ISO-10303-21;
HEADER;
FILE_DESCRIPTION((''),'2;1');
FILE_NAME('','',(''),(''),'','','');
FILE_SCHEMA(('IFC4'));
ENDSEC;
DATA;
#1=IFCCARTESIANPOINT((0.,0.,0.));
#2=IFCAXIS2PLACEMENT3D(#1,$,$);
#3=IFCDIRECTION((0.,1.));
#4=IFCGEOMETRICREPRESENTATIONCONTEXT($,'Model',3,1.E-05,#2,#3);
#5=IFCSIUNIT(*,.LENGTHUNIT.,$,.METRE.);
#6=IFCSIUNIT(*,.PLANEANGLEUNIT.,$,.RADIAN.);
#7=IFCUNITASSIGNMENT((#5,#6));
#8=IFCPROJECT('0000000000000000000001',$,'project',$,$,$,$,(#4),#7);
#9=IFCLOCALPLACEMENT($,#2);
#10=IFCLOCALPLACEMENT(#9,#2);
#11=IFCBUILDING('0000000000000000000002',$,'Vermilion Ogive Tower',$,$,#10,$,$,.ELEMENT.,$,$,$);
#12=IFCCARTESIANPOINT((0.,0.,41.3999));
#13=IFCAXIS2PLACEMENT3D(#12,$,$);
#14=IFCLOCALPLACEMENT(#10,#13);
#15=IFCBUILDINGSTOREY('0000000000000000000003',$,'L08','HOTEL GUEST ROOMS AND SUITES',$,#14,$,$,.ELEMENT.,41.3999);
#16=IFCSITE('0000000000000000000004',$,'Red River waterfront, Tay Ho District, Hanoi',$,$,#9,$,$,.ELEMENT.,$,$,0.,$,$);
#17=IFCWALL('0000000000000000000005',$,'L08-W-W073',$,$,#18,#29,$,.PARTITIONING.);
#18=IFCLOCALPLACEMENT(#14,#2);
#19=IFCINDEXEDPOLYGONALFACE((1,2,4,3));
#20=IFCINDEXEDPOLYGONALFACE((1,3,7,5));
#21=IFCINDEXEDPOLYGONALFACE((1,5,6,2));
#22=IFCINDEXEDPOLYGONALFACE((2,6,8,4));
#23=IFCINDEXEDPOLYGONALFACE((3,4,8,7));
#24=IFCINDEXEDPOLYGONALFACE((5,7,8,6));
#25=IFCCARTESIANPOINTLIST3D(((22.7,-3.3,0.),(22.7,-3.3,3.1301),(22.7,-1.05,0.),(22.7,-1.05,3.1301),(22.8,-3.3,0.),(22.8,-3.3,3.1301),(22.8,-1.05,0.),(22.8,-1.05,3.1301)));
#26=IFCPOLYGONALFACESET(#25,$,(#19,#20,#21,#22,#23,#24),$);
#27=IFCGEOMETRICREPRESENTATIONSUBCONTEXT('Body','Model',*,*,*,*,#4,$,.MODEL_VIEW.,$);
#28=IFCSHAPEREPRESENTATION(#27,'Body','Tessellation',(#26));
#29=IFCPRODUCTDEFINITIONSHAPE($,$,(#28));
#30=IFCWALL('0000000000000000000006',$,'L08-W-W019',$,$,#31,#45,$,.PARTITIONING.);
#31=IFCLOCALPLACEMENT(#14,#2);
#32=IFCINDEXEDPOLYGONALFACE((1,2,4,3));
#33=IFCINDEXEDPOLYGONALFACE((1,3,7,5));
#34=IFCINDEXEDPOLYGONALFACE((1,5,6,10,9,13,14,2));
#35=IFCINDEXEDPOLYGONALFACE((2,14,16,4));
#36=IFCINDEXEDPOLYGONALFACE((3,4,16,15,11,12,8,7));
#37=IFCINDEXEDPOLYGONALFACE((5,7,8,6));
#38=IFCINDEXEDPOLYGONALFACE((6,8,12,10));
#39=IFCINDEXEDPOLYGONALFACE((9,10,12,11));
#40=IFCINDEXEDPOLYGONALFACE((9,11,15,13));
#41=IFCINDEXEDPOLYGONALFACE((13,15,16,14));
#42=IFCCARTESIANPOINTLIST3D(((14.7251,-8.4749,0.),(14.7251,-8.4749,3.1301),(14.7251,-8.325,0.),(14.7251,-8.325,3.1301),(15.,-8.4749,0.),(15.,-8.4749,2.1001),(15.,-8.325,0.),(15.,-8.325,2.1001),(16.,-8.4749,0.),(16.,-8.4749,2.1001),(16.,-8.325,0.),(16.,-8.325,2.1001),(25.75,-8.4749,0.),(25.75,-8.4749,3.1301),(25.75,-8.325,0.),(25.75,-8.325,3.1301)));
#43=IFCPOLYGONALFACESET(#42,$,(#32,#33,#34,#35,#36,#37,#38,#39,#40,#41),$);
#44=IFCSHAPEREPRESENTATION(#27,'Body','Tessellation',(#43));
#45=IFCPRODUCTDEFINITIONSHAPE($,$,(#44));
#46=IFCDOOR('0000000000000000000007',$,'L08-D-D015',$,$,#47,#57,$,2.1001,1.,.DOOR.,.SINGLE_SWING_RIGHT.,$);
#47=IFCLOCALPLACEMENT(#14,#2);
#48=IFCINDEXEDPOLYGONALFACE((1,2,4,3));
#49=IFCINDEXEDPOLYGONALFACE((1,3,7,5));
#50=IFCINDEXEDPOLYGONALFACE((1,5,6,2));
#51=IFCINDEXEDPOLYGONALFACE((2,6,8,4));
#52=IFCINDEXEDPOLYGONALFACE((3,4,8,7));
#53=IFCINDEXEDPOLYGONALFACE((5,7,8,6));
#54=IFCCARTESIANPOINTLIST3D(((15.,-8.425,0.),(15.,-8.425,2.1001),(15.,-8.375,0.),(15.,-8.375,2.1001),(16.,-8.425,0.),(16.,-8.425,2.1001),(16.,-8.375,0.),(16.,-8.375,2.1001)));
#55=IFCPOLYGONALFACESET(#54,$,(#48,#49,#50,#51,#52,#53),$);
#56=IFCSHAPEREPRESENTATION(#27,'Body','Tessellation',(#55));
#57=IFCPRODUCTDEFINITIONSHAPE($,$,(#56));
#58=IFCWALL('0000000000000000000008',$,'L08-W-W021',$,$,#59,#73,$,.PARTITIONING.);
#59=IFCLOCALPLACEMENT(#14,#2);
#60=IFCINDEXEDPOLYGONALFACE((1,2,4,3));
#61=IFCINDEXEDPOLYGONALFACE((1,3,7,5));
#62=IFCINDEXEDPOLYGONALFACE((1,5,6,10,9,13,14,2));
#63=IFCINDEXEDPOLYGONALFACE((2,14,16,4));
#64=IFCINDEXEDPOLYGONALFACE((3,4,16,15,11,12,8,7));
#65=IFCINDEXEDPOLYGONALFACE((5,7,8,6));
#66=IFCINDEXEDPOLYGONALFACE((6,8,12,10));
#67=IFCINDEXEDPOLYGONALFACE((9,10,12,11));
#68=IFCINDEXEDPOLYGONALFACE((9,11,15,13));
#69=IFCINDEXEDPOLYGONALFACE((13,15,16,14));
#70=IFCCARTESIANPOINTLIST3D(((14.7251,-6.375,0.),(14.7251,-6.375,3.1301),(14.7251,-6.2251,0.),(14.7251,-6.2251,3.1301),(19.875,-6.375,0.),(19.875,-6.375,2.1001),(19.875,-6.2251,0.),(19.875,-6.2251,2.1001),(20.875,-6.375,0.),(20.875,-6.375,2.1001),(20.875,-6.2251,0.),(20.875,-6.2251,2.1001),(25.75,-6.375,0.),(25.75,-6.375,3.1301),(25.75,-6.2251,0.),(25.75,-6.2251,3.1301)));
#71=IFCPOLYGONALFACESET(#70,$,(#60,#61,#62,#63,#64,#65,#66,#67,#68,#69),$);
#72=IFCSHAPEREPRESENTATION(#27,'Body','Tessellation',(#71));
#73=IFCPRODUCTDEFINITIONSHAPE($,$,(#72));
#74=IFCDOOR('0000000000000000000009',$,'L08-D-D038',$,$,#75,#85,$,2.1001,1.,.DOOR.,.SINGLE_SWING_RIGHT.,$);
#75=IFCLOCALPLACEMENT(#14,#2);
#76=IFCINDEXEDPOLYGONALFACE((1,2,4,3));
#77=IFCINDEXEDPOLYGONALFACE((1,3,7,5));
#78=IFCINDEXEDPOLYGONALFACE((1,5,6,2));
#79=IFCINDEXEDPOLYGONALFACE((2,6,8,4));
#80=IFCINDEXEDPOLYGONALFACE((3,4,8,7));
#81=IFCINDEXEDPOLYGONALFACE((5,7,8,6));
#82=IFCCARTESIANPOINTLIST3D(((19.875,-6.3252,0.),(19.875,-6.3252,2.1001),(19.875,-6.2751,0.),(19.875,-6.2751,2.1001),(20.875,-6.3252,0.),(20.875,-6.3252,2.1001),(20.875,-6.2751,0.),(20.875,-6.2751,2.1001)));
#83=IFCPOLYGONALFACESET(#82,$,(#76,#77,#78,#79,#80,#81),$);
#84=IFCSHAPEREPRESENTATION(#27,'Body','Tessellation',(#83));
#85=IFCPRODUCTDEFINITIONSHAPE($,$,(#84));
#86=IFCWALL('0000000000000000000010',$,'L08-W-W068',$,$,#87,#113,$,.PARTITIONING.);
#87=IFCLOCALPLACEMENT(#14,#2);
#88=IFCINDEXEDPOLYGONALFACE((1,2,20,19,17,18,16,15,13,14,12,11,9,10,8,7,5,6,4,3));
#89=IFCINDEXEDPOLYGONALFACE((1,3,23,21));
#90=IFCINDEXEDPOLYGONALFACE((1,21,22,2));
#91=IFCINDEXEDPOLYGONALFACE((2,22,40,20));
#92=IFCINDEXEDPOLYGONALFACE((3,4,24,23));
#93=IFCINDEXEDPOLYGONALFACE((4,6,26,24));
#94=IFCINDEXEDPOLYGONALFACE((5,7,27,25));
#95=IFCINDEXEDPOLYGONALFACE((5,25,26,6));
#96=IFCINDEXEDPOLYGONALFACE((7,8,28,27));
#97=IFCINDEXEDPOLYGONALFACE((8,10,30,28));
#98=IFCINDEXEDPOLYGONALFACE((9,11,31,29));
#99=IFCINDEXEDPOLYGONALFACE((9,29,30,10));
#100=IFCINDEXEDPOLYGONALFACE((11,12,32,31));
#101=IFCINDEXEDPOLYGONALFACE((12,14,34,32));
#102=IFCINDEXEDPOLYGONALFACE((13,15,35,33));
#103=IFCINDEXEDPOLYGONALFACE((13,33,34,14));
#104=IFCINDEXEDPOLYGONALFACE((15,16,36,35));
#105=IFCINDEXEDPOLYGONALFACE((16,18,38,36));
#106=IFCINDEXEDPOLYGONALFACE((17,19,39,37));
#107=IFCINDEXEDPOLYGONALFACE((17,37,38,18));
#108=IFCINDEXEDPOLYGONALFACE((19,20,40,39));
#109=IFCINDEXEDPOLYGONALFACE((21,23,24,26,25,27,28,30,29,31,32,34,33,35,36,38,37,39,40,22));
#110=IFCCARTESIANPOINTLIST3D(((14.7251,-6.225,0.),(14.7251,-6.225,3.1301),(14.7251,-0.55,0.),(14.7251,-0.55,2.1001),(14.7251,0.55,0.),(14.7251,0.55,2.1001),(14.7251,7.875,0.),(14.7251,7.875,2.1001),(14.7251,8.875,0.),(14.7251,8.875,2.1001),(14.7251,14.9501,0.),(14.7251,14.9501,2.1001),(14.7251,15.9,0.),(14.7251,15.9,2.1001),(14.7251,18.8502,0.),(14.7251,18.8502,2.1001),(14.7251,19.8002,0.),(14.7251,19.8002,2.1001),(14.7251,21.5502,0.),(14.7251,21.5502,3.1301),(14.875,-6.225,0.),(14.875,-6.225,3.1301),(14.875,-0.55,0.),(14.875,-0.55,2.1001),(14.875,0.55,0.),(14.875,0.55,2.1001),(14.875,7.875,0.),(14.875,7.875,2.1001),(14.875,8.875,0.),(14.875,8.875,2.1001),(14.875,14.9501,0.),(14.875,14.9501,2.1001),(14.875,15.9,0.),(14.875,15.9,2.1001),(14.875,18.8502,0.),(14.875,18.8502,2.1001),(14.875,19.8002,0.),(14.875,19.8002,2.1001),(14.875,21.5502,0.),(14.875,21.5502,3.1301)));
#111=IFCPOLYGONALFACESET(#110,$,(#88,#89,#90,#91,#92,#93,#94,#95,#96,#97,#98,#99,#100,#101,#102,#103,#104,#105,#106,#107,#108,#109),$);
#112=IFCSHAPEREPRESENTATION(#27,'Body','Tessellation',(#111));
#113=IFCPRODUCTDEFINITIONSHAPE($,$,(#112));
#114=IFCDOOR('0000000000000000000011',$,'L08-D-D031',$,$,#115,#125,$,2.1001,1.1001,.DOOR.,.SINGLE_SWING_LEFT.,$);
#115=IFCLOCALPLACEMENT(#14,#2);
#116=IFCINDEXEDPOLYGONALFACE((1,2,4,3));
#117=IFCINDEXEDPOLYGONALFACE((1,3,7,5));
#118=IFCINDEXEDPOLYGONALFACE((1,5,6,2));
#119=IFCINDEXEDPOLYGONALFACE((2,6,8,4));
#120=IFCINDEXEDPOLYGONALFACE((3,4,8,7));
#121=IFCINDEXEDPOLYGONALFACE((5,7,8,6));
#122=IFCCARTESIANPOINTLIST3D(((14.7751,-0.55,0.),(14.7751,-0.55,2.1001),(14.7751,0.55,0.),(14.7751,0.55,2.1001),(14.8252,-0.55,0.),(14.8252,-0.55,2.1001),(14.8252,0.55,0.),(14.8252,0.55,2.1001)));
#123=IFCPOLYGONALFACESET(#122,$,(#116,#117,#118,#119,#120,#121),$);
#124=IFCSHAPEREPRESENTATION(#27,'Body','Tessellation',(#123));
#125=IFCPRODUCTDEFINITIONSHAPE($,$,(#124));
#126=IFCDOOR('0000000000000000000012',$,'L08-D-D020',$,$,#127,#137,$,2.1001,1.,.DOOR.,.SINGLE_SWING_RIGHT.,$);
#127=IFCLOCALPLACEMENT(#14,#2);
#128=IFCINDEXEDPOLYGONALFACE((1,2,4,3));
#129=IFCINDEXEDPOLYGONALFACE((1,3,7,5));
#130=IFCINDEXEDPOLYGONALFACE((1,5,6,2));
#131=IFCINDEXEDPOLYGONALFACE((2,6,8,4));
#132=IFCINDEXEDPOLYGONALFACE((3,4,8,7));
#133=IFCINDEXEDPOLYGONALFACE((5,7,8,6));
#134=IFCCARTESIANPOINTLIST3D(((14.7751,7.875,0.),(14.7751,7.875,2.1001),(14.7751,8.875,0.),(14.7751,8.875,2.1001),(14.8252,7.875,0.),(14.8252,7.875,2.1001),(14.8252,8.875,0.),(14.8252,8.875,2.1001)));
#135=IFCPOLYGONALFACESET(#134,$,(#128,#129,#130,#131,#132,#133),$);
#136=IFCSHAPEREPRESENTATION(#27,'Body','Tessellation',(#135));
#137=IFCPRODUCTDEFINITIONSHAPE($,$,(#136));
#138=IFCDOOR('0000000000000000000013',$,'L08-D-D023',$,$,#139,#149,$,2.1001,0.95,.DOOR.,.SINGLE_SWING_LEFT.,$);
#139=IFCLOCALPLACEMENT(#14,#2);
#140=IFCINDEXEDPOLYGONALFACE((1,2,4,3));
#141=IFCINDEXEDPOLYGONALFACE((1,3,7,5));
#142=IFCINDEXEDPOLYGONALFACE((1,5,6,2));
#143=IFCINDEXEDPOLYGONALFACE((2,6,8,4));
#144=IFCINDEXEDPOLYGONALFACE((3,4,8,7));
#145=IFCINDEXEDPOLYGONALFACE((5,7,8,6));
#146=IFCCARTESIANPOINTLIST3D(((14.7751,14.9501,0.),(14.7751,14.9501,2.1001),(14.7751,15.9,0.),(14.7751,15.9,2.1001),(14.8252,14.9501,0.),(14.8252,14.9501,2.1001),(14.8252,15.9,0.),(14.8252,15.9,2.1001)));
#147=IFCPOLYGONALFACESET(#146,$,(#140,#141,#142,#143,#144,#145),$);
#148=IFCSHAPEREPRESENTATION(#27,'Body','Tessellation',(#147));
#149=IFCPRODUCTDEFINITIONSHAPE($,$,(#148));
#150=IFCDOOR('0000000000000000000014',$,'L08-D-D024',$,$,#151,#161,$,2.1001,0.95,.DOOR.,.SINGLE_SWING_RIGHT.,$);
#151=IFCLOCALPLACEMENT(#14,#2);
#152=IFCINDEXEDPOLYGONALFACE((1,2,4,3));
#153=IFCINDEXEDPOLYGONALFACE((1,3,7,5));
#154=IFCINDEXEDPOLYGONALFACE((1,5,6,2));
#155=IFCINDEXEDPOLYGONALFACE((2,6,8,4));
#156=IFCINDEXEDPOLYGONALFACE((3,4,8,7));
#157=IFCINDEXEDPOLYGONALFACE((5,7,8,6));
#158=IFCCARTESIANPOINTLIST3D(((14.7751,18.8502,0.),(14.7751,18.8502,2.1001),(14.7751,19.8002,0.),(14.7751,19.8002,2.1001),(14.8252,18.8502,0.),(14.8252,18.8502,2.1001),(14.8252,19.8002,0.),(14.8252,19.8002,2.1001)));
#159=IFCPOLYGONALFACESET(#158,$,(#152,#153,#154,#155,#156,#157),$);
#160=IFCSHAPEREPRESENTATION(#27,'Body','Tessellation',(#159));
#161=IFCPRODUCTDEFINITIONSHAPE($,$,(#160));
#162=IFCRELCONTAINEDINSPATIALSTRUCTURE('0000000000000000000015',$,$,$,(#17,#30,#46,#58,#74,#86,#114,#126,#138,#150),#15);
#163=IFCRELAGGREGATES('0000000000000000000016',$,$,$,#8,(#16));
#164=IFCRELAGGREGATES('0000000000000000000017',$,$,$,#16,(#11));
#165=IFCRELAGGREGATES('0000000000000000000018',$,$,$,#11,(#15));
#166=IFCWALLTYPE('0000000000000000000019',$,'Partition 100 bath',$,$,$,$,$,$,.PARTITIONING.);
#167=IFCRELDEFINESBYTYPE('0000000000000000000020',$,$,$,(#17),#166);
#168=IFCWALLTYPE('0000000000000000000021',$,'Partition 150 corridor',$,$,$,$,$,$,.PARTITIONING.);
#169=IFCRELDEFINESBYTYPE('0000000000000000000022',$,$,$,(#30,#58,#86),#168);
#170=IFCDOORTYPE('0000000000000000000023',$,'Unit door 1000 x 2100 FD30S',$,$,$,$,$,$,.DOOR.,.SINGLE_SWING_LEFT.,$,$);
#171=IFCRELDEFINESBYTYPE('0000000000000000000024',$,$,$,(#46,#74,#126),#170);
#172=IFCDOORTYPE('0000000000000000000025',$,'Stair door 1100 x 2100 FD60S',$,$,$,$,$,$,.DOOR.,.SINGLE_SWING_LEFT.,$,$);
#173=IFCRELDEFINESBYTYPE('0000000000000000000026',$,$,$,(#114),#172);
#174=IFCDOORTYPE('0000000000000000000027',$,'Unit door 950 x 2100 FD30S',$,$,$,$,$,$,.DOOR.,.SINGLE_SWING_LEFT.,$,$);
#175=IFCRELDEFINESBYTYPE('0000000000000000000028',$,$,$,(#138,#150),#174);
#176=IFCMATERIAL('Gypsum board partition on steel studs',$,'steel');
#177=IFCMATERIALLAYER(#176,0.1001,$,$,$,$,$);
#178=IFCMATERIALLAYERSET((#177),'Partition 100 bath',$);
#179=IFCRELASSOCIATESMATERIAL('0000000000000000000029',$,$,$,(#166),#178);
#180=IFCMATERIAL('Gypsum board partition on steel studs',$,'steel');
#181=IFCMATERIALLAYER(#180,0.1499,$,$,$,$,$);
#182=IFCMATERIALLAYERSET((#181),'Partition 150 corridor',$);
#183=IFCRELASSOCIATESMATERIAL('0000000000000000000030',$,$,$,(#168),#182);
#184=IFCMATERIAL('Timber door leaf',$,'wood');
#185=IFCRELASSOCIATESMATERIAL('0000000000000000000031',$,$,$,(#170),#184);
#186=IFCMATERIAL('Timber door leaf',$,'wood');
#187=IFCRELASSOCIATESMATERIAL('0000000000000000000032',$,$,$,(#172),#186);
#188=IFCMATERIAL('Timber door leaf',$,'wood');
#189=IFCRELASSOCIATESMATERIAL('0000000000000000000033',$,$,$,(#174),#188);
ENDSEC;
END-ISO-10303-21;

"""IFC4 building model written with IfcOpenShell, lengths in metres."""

from ifc_helpers import new_model, si_unit, direction, frame, frame_2d, origin, place, context, subcontext, project, spatial, rectangle, extrude, material, layer, layer_set, type_object, element, fill, save


model = new_model("IFC4")

# Units and contexts
model_context = context("Model", 3, precision=1e-05, world=origin(), true_north=direction((0.0, 1.0)))
body_context = subcontext(model_context, "Body", "Model", "MODEL_VIEW")
ifc_project = project(units=[si_unit("LENGTHUNIT", "METRE"), si_unit("PLANEANGLEUNIT", "RADIAN")], contexts=[model_context])

# Site, building, storey
site_placement = place(None, origin())
site = spatial("IfcSite", under=ifc_project, at=site_placement, Name="Red River waterfront, Tay Ho District, Hanoi", CompositionType="ELEMENT", RefElevation=0.0)
building_placement = place(site_placement, origin())
building = spatial("IfcBuilding", under=site, at=building_placement, Name="Vermilion Ogive Tower", CompositionType="ELEMENT")
storey_placement = place(building_placement, frame((0.0, 0.0, 41.3999)))
storey = spatial("IfcBuildingStorey", under=building, at=storey_placement, Name="L08", Description="HOTEL GUEST ROOMS AND SUITES", CompositionType="ELEMENT", Elevation=41.3999)

# Wall
ifc_material_1 = material(Name="Gypsum board partition on steel studs", Category="steel")
ifc_layer_1 = layer(ifc_material_1, 0.1001)
ifc_layer_set_1 = layer_set([ifc_layer_1], Name="Partition 100 bath")
wall_type_1 = type_object("IfcWallType", Name="Partition 100 bath", PredefinedType="PARTITIONING", material=ifc_layer_set_1)
wall_1_placement = place(storey_placement, frame((22.75, -3.3, 0.0), z_axis=(0.0, 0.0, 1.0), x_axis=(0.0, 1.0, 0.0)))
element("IfcWall", 1, at=wall_1_placement, inside=storey, type_object=wall_type_1, Name="L08-W-W073", PredefinedType="PARTITIONING", context=body_context, shape_type="SweptSolid", body=[
    extrude(rectangle(XDim=2.25, YDim=0.1001, at=frame_2d((1.125, 0.0))), origin(), (0.0, 0.0, 1.0), 3.1301),
])

# Walls, openings, doors
ifc_material_2 = material(Name="Gypsum board partition on steel studs", Category="steel")
ifc_layer_2 = layer(ifc_material_2, 0.1499)
ifc_layer_set_2 = layer_set([ifc_layer_2], Name="Partition 150 corridor")
wall_type_2 = type_object("IfcWallType", Name="Partition 150 corridor", PredefinedType="PARTITIONING", material=ifc_layer_set_2)
wall_2_placement = place(storey_placement, frame((14.7251, -8.3999, 0.0), z_axis=(0.0, 0.0, 1.0), x_axis=(1.0, 0.0, 0.0)))
wall_2 = element("IfcWall", 2, at=wall_2_placement, inside=storey, type_object=wall_type_2, Name="L08-W-W019", PredefinedType="PARTITIONING", context=body_context, shape_type="SweptSolid", body=[
    extrude(rectangle(XDim=11.0249, YDim=0.1499, at=frame_2d((5.5125, 0.0))), origin(), (0.0, 0.0, 1.0), 3.1301),
])
opening_1_placement = place(wall_2_placement, frame((0.2749, 0.0, 0.0)))
opening_1 = element("IfcOpeningElement", 3, at=opening_1_placement, cuts=wall_2, PredefinedType="OPENING", context=body_context, shape_type="SweptSolid", body=[
    extrude(rectangle(XDim=1.0, YDim=2.1001, at=frame_2d((0.5, 1.05))), frame((0.0, 0.085, 0.0), z_axis=(0.0, -1.0, 0.0), x_axis=(1.0, 0.0, 0.0)), (0.0, 0.0, 1.0), 0.1699),
])
ifc_material_3 = material(Name="Timber door leaf", Category="wood")
door_type_1 = type_object("IfcDoorType", Name="Unit door 1000 x 2100 FD30S", OperationType="SINGLE_SWING_LEFT", PredefinedType="DOOR", material=ifc_material_3)
door_1_placement = place(opening_1_placement, origin())
door_1 = element("IfcDoor", 4, at=door_1_placement, inside=storey, type_object=door_type_1, Name="L08-D-D015", OperationType="SINGLE_SWING_RIGHT", OverallHeight=2.1001, OverallWidth=1.0, PredefinedType="DOOR", context=body_context, shape_type="SweptSolid", body=[
    extrude(rectangle(XDim=1.0, YDim=2.1001, at=frame_2d((0.5, 1.05))), frame((0.0, 0.0249, 0.0), z_axis=(0.0, -1.0, 0.0), x_axis=(1.0, 0.0, 0.0)), (0.0, 0.0, 1.0), 0.05),
])
fill(opening_1, door_1)
wall_3_placement = place(storey_placement, frame((14.7251, -6.3, 0.0), z_axis=(0.0, 0.0, 1.0), x_axis=(1.0, 0.0, 0.0)))
wall_3 = element("IfcWall", 5, at=wall_3_placement, inside=storey, type_object=wall_type_2, Name="L08-W-W021", PredefinedType="PARTITIONING", context=body_context, shape_type="SweptSolid", body=[
    extrude(rectangle(XDim=11.0249, YDim=0.1499, at=frame_2d((5.5125, 0.0))), origin(), (0.0, 0.0, 1.0), 3.1301),
])
opening_2_placement = place(wall_3_placement, frame((5.1499, 0.0, 0.0)))
opening_2 = element("IfcOpeningElement", 6, at=opening_2_placement, cuts=wall_3, PredefinedType="OPENING", context=body_context, shape_type="SweptSolid", body=[
    extrude(rectangle(XDim=1.0, YDim=2.1001, at=frame_2d((0.5, 1.05))), frame((0.0, 0.085, 0.0), z_axis=(0.0, -1.0, 0.0), x_axis=(1.0, 0.0, 0.0)), (0.0, 0.0, 1.0), 0.1699),
])
door_2_placement = place(opening_2_placement, origin())
door_2 = element("IfcDoor", 7, at=door_2_placement, inside=storey, type_object=door_type_1, Name="L08-D-D038", OperationType="SINGLE_SWING_RIGHT", OverallHeight=2.1001, OverallWidth=1.0, PredefinedType="DOOR", context=body_context, shape_type="SweptSolid", body=[
    extrude(rectangle(XDim=1.0, YDim=2.1001, at=frame_2d((0.5, 1.05))), frame((0.0, 0.0249, 0.0), z_axis=(0.0, -1.0, 0.0), x_axis=(1.0, 0.0, 0.0)), (0.0, 0.0, 1.0), 0.05),
])
fill(opening_2, door_2)

# Wall, openings, doors
wall_4_placement = place(storey_placement, frame((14.8, -6.2251, 0.0), z_axis=(0.0, 0.0, 1.0), x_axis=(0.0, 1.0, 0.0)))
wall_4 = element("IfcWall", 8, at=wall_4_placement, inside=storey, type_object=wall_type_2, Name="L08-W-W068", PredefinedType="PARTITIONING", context=body_context, shape_type="SweptSolid", body=[
    extrude(rectangle(XDim=27.7751, YDim=0.1499, at=frame_2d((13.8877, 0.0))), origin(), (0.0, 0.0, 1.0), 3.1301),
])
opening_3_placement = place(wall_4_placement, frame((14.1001, 0.0, 0.0)))
opening_3 = element("IfcOpeningElement", 9, at=opening_3_placement, cuts=wall_4, PredefinedType="OPENING", context=body_context, shape_type="SweptSolid", body=[
    extrude(rectangle(XDim=1.0, YDim=2.1001, at=frame_2d((0.5, 1.05))), frame((0.0, 0.085, 0.0), z_axis=(0.0, -1.0, 0.0), x_axis=(1.0, 0.0, 0.0)), (0.0, 0.0, 1.0), 0.1699),
])
opening_4_placement = place(wall_4_placement, frame((21.175, 0.0, 0.0)))
opening_4 = element("IfcOpeningElement", 10, at=opening_4_placement, cuts=wall_4, PredefinedType="OPENING", context=body_context, shape_type="SweptSolid", body=[
    extrude(rectangle(XDim=0.95, YDim=2.1001, at=frame_2d((0.4751, 1.05))), frame((0.0, 0.085, 0.0), z_axis=(0.0, -1.0, 0.0), x_axis=(1.0, 0.0, 0.0)), (0.0, 0.0, 1.0), 0.1699),
])
opening_5_placement = place(wall_4_placement, frame((25.0752, 0.0, 0.0)))
opening_5 = element("IfcOpeningElement", 11, at=opening_5_placement, cuts=wall_4, PredefinedType="OPENING", context=body_context, shape_type="SweptSolid", body=[
    extrude(rectangle(XDim=0.95, YDim=2.1001, at=frame_2d((0.4751, 1.05))), frame((0.0, 0.085, 0.0), z_axis=(0.0, -1.0, 0.0), x_axis=(1.0, 0.0, 0.0)), (0.0, 0.0, 1.0), 0.1699),
])
opening_6_placement = place(wall_4_placement, frame((5.675, 0.0, 0.0)))
opening_6 = element("IfcOpeningElement", 12, at=opening_6_placement, cuts=wall_4, PredefinedType="OPENING", context=body_context, shape_type="SweptSolid", body=[
    extrude(rectangle(XDim=1.1001, YDim=2.1001, at=frame_2d((0.55, 1.05))), frame((0.0, 0.085, 0.0), z_axis=(0.0, -1.0, 0.0), x_axis=(1.0, 0.0, 0.0)), (0.0, 0.0, 1.0), 0.1699),
])
ifc_material_4 = material(Name="Timber door leaf", Category="wood")
door_type_2 = type_object("IfcDoorType", Name="Stair door 1100 x 2100 FD60S", OperationType="SINGLE_SWING_LEFT", PredefinedType="DOOR", material=ifc_material_4)
door_3_placement = place(opening_6_placement, origin())
door_3 = element("IfcDoor", 13, at=door_3_placement, inside=storey, type_object=door_type_2, Name="L08-D-D031", OperationType="SINGLE_SWING_LEFT", OverallHeight=2.1001, OverallWidth=1.1001, PredefinedType="DOOR", context=body_context, shape_type="SweptSolid", body=[
    extrude(rectangle(XDim=1.1001, YDim=2.1001, at=frame_2d((0.55, 1.05))), frame((0.0, 0.0249, 0.0), z_axis=(0.0, -1.0, 0.0), x_axis=(1.0, 0.0, 0.0)), (0.0, 0.0, 1.0), 0.05),
])
fill(opening_6, door_3)
door_4_placement = place(opening_3_placement, origin())
door_4 = element("IfcDoor", 14, at=door_4_placement, inside=storey, type_object=door_type_1, Name="L08-D-D020", OperationType="SINGLE_SWING_RIGHT", OverallHeight=2.1001, OverallWidth=1.0, PredefinedType="DOOR", context=body_context, shape_type="SweptSolid", body=[
    extrude(rectangle(XDim=1.0, YDim=2.1001, at=frame_2d((0.5, 1.05))), frame((0.0, 0.0249, 0.0), z_axis=(0.0, -1.0, 0.0), x_axis=(1.0, 0.0, 0.0)), (0.0, 0.0, 1.0), 0.05),
])
fill(opening_3, door_4)
ifc_material_5 = material(Name="Timber door leaf", Category="wood")
door_type_3 = type_object("IfcDoorType", Name="Unit door 950 x 2100 FD30S", OperationType="SINGLE_SWING_LEFT", PredefinedType="DOOR", material=ifc_material_5)
door_5_placement = place(opening_4_placement, origin())
door_5 = element("IfcDoor", 15, at=door_5_placement, inside=storey, type_object=door_type_3, Name="L08-D-D023", OperationType="SINGLE_SWING_LEFT", OverallHeight=2.1001, OverallWidth=0.95, PredefinedType="DOOR", context=body_context, shape_type="SweptSolid", body=[
    extrude(rectangle(XDim=0.95, YDim=2.1001, at=frame_2d((0.4751, 1.05))), frame((0.0, 0.0249, 0.0), z_axis=(0.0, -1.0, 0.0), x_axis=(1.0, 0.0, 0.0)), (0.0, 0.0, 1.0), 0.05),
])
fill(opening_4, door_5)
door_6_placement = place(opening_5_placement, origin())
door_6 = element("IfcDoor", 16, at=door_6_placement, inside=storey, type_object=door_type_3, Name="L08-D-D024", OperationType="SINGLE_SWING_RIGHT", OverallHeight=2.1001, OverallWidth=0.95, PredefinedType="DOOR", context=body_context, shape_type="SweptSolid", body=[
    extrude(rectangle(XDim=0.95, YDim=2.1001, at=frame_2d((0.4751, 1.05))), frame((0.0, 0.0249, 0.0), z_axis=(0.0, -1.0, 0.0), x_axis=(1.0, 0.0, 0.0)), (0.0, 0.0, 1.0), 0.05),
])
fill(opening_5, door_6)

save(model, "model.ifc")
